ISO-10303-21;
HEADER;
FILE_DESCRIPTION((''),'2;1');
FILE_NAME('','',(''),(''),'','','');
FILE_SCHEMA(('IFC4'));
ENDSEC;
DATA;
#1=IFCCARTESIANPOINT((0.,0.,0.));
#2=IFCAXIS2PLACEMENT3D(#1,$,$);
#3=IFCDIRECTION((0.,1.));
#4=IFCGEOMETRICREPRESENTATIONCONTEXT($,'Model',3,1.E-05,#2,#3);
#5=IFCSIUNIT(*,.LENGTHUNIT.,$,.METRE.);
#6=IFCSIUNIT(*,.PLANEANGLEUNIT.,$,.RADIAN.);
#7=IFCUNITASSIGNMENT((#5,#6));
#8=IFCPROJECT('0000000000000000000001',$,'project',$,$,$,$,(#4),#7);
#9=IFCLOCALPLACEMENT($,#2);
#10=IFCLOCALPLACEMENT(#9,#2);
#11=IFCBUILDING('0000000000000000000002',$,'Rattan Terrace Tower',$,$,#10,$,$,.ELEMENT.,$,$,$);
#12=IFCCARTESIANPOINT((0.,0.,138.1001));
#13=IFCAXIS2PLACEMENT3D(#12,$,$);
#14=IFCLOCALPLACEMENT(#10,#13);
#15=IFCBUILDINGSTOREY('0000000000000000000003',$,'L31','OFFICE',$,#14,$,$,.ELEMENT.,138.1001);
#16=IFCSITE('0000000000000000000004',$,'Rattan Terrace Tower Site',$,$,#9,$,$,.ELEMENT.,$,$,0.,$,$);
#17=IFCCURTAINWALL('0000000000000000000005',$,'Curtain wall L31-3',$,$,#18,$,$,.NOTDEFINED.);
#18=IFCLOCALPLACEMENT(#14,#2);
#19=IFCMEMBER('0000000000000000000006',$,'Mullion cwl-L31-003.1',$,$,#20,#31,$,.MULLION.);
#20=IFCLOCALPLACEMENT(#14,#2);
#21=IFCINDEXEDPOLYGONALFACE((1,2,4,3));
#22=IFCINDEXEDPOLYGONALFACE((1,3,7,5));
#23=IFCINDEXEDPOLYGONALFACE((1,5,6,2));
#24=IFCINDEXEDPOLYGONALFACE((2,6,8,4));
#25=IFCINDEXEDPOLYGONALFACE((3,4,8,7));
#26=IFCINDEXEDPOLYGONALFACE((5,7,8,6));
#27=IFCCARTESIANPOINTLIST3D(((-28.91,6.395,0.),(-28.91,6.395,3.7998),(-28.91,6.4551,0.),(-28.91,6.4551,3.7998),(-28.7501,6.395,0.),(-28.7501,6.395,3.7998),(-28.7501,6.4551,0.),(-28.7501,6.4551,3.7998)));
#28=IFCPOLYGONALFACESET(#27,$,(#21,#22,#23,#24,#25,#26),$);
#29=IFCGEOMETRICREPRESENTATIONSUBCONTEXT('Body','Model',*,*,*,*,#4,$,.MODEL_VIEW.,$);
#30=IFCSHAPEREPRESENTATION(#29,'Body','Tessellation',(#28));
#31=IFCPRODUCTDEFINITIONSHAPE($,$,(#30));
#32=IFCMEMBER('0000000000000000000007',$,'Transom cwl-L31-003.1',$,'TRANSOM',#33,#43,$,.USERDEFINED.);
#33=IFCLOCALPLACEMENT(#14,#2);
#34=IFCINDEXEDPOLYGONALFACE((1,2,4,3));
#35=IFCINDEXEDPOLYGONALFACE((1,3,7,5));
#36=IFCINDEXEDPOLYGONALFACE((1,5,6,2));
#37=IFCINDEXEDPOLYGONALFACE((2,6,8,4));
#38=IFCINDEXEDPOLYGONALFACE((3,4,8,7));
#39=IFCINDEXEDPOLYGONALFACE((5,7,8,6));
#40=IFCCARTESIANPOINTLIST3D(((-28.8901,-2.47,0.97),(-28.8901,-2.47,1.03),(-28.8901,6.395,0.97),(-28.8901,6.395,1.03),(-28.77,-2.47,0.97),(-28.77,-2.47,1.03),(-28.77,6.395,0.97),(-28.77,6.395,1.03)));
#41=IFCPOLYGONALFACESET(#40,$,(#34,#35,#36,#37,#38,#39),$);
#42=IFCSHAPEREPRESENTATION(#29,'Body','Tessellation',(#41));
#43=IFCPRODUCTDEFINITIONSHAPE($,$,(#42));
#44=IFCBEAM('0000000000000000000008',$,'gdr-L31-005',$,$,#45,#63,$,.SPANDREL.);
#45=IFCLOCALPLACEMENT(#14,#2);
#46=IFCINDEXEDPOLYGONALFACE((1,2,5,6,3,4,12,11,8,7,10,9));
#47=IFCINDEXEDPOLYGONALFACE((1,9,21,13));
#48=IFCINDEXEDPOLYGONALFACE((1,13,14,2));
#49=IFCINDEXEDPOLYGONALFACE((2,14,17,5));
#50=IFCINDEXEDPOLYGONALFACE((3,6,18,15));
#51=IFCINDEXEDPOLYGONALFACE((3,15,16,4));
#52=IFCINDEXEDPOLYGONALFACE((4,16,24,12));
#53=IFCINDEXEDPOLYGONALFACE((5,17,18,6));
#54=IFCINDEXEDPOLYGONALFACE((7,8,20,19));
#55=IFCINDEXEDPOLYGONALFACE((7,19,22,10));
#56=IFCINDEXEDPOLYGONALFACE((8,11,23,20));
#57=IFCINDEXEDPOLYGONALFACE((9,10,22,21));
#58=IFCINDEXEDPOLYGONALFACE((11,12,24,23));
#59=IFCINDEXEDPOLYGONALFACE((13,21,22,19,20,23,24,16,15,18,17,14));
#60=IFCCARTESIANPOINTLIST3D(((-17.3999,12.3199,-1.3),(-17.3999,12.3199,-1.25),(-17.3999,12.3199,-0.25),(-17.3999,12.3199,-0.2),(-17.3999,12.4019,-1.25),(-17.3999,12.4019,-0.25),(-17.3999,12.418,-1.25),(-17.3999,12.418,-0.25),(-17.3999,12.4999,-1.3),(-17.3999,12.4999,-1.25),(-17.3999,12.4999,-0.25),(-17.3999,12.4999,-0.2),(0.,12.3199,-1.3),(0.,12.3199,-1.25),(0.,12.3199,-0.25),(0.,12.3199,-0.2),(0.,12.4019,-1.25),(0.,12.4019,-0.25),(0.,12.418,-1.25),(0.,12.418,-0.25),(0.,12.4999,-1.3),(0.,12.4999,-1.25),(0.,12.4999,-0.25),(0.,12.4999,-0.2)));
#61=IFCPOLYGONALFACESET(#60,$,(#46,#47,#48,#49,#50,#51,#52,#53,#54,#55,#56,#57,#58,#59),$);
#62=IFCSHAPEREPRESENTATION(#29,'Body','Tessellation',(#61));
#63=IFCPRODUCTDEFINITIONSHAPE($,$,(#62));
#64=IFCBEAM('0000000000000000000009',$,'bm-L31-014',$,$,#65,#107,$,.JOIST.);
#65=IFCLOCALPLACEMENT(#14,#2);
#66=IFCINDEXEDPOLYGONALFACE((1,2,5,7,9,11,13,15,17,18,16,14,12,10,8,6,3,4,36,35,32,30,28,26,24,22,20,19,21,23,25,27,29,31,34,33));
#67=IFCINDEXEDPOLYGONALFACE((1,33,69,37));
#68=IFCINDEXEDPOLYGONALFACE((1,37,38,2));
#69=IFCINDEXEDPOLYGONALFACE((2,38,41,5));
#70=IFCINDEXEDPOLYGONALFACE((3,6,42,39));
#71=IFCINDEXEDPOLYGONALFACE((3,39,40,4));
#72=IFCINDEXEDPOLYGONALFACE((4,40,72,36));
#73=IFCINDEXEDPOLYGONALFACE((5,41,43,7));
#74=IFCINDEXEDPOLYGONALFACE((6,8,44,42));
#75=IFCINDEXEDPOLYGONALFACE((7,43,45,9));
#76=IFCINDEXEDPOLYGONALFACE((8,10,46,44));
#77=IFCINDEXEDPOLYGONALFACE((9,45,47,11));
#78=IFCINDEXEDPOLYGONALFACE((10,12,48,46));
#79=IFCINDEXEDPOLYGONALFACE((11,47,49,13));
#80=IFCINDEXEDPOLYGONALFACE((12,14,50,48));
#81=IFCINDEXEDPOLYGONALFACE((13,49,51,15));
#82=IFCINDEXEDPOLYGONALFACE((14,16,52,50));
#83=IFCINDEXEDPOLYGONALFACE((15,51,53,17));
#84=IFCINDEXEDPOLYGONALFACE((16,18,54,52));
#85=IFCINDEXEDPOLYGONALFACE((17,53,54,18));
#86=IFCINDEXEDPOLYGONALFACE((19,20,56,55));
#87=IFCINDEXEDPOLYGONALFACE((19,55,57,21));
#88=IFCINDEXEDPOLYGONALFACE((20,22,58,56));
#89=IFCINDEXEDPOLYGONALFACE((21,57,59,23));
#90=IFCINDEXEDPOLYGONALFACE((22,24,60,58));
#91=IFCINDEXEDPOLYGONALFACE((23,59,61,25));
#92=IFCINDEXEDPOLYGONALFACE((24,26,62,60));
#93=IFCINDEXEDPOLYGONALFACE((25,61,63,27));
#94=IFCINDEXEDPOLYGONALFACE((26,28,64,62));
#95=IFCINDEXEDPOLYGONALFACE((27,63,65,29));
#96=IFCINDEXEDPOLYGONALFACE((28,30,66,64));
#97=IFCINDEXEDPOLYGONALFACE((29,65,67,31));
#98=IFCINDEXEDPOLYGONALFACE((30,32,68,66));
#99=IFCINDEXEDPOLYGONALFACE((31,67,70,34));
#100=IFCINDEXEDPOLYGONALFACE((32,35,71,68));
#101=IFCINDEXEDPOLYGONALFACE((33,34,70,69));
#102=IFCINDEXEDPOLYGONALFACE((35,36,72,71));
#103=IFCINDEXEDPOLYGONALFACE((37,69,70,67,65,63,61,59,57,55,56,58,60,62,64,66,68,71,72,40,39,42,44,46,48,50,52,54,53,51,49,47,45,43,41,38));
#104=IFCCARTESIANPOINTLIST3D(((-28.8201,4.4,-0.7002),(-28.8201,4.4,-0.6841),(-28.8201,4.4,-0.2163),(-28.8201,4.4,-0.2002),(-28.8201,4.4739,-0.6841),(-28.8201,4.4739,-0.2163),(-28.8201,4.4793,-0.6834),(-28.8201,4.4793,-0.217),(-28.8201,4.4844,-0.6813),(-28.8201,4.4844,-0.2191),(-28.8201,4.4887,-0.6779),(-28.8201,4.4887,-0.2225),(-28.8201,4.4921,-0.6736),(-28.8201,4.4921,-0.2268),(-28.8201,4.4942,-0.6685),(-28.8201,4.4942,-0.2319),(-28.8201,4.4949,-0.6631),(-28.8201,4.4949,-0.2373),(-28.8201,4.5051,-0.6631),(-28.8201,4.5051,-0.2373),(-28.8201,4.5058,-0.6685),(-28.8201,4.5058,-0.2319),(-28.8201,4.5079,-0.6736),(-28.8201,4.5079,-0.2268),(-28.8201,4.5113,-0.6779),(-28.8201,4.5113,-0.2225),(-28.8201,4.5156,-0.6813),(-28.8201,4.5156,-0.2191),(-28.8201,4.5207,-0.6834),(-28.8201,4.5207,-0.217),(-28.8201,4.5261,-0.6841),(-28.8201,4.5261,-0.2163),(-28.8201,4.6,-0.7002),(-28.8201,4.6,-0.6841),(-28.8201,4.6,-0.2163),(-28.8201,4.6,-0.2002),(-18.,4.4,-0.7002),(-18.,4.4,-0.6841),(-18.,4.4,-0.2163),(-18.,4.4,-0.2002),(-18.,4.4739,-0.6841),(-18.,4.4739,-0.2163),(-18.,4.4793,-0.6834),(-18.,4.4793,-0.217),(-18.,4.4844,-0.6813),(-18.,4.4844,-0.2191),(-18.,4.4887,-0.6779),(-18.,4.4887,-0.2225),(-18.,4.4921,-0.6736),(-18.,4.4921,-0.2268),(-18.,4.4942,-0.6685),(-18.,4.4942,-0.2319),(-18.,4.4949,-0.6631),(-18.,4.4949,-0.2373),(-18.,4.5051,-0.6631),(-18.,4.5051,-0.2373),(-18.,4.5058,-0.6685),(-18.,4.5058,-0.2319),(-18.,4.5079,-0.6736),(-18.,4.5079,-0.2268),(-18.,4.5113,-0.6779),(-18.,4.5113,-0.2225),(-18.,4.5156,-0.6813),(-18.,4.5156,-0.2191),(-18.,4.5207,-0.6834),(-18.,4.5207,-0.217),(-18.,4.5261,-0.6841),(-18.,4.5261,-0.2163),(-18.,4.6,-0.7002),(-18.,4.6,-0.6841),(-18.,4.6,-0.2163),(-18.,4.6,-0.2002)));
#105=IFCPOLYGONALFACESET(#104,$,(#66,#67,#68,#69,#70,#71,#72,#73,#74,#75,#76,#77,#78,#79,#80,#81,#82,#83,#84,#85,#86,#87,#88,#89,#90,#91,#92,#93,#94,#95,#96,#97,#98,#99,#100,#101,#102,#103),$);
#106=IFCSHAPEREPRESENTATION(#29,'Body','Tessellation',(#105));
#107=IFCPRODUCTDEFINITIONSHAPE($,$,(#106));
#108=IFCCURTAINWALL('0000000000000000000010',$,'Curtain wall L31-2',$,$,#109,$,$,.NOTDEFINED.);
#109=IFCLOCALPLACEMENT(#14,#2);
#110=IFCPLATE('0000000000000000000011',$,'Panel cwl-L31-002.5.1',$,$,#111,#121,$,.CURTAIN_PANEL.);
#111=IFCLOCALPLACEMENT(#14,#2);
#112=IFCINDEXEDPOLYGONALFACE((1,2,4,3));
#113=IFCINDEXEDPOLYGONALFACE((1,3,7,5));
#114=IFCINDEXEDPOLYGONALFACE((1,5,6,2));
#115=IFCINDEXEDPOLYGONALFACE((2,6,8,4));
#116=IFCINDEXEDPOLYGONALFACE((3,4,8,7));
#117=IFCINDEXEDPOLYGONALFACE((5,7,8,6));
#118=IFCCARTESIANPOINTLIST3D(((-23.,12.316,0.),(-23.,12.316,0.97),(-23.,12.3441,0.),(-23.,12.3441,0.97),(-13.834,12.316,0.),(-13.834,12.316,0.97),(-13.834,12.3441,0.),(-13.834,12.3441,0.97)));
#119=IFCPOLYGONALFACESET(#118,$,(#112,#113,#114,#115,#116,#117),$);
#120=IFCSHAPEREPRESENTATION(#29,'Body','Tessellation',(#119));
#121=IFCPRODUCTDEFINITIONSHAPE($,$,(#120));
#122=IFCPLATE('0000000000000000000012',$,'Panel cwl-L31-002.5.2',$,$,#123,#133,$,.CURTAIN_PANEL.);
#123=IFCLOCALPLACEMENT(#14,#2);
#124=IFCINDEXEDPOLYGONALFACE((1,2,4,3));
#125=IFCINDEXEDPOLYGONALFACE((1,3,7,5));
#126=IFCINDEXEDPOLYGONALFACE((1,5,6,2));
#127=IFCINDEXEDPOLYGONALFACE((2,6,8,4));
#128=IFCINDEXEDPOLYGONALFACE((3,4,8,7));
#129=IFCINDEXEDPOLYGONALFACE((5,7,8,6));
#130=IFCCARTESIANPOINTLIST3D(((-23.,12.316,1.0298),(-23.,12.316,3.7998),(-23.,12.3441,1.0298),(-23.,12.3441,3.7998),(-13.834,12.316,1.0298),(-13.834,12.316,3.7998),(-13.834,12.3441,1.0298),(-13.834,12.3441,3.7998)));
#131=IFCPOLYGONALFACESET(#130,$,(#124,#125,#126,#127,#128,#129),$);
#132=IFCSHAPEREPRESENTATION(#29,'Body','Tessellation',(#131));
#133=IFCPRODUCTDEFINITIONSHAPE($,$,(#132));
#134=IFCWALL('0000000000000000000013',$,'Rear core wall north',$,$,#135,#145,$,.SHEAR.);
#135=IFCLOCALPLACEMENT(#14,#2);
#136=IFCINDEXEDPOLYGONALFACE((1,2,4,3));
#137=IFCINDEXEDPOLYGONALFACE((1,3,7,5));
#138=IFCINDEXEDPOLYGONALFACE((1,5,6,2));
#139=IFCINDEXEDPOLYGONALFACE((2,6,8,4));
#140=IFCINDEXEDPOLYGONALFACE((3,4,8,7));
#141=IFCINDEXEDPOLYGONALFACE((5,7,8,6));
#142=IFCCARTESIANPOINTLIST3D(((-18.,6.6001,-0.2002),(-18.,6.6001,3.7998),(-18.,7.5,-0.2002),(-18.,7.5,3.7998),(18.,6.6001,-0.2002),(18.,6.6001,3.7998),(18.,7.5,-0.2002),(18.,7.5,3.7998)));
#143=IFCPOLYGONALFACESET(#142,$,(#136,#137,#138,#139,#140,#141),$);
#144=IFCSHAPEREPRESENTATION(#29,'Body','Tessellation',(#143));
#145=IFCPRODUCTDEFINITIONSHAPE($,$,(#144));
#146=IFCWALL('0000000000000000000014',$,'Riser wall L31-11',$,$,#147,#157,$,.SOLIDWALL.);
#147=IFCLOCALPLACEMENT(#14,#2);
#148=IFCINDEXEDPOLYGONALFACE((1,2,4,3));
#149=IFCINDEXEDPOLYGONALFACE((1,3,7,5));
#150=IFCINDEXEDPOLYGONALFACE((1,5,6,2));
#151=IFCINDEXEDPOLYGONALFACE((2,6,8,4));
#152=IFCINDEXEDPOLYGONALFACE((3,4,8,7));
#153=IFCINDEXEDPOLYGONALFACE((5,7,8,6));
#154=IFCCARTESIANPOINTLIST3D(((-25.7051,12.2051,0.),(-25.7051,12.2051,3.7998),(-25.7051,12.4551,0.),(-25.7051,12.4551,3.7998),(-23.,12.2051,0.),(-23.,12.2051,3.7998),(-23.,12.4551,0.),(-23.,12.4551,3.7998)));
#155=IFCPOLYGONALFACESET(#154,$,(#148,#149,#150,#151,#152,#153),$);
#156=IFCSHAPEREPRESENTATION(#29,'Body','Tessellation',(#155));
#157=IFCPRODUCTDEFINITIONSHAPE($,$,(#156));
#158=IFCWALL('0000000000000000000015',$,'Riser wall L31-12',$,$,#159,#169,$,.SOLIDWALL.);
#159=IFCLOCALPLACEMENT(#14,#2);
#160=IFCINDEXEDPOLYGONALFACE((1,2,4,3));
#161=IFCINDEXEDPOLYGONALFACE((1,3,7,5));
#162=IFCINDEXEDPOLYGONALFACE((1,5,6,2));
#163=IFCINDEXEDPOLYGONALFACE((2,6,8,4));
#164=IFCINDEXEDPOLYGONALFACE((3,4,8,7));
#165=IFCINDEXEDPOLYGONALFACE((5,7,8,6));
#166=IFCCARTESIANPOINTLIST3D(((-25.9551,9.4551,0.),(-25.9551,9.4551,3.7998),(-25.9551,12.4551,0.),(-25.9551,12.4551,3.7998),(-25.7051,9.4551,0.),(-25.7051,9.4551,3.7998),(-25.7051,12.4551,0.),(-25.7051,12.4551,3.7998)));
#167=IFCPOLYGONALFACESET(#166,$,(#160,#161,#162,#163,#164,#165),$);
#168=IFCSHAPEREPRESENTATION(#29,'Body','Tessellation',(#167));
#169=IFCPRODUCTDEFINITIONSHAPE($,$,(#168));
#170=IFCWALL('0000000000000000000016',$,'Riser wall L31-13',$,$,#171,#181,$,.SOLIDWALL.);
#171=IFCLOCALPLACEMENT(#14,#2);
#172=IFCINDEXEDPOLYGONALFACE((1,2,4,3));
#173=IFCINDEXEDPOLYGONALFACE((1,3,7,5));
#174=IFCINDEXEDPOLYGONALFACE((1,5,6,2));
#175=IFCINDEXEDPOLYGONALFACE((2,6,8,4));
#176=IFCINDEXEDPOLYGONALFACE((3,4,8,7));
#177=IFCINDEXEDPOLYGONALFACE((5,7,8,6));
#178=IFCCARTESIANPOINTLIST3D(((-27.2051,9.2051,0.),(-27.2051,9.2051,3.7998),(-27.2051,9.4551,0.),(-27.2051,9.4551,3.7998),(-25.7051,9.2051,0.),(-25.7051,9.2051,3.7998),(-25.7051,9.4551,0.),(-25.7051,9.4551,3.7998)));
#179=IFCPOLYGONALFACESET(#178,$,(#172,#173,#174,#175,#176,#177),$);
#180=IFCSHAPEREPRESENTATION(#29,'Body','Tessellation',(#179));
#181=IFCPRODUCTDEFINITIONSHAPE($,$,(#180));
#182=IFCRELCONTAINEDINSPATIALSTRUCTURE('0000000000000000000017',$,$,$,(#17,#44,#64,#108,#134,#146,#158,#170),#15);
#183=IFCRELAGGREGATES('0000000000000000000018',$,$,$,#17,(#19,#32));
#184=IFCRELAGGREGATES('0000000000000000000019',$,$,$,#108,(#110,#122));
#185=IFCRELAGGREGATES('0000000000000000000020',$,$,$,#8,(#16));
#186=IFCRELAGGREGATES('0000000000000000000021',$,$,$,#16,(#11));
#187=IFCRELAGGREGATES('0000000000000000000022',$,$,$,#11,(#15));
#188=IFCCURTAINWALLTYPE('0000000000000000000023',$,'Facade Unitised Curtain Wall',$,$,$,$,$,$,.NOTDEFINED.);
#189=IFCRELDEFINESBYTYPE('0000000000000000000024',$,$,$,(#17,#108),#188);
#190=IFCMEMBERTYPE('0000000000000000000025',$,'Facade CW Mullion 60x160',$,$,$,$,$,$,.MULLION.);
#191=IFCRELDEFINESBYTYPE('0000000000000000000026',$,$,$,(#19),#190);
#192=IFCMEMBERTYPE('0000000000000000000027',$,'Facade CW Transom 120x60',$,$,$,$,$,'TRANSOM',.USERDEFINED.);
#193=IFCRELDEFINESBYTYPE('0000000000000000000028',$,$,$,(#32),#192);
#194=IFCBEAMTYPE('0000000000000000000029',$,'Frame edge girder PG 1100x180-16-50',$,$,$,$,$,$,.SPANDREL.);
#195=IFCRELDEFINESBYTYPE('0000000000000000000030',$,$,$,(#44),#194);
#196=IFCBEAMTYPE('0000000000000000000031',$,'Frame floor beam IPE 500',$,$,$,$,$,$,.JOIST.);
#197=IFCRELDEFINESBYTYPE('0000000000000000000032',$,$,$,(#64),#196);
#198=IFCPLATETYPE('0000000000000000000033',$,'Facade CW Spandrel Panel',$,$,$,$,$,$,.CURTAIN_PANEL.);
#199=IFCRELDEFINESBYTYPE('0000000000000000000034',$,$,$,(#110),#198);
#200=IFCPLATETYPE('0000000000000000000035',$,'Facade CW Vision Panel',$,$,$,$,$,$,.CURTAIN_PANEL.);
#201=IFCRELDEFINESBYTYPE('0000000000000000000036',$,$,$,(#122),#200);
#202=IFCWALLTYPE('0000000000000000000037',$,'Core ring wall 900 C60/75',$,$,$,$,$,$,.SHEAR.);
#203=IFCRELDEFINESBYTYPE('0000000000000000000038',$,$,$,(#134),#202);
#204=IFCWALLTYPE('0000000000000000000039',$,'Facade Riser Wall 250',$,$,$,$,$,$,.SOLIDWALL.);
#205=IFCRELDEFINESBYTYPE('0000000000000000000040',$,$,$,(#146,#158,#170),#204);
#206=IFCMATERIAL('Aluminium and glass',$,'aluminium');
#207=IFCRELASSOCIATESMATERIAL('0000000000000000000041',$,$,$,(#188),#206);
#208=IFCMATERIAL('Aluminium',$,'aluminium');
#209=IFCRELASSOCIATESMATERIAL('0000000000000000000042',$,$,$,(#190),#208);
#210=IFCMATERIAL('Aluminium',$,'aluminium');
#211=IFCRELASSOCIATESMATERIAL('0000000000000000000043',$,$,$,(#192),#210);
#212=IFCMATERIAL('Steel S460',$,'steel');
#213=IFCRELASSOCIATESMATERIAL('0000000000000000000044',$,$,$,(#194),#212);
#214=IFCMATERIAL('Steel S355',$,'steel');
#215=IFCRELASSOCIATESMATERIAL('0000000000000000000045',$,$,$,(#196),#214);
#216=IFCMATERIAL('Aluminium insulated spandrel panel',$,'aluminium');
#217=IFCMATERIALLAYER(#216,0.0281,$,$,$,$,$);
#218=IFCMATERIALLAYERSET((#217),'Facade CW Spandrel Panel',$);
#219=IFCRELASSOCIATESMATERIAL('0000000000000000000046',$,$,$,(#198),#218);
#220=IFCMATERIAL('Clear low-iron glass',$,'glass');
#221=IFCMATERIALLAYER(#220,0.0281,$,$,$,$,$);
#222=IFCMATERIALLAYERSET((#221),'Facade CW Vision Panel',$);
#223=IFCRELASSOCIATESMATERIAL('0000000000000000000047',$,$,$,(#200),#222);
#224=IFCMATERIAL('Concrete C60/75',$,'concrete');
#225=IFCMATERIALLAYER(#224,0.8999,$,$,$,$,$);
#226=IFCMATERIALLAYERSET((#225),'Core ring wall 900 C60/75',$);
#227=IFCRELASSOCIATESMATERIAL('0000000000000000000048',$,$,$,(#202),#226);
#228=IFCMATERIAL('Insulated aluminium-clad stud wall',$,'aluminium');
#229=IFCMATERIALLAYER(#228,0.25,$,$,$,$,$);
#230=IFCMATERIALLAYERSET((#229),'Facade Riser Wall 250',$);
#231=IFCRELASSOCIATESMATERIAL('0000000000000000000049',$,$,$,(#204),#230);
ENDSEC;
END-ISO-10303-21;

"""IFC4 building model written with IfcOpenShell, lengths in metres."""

from ifc_helpers import new_model, si_unit, direction, frame, frame_2d, origin, origin_2d, place, context, subcontext, project, spatial, rectangle, i_section, extrude, material, layer, layer_set, material_profile, profile_set, type_object, element, aggregate, save


model = new_model("IFC4")

# Units and contexts
model_context = context("Model", 3, precision=1e-05, world=origin(), true_north=direction((0.0, 1.0)))
body_context = subcontext(model_context, "Body", "Model", "MODEL_VIEW")
ifc_project = project(units=[si_unit("LENGTHUNIT", "METRE"), si_unit("PLANEANGLEUNIT", "RADIAN")], contexts=[model_context])

# Site, building, storey
site_placement = place(None, origin())
site = spatial("IfcSite", under=ifc_project, at=site_placement, Name="Rattan Terrace Tower Site", CompositionType="ELEMENT", RefElevation=0.0)
building_placement = place(site_placement, origin())
building = spatial("IfcBuilding", under=site, at=building_placement, Name="Rattan Terrace Tower", CompositionType="ELEMENT")
storey_placement = place(building_placement, frame((0.0, 0.0, 138.1001)))
storey = spatial("IfcBuildingStorey", under=building, at=storey_placement, Name="L31", Description="OFFICE", CompositionType="ELEMENT", Elevation=138.1001)

# Curtain wall, members
ifc_material_1 = material(Name="Aluminium and glass", Category="aluminium")
curtain_wall_type = type_object("IfcCurtainWallType", Name="Facade Unitised Curtain Wall", PredefinedType="NOTDEFINED", material=ifc_material_1)
curtain_wall_1_placement = place(storey_placement, origin())
curtain_wall_1 = element("IfcCurtainWall", 1, at=curtain_wall_1_placement, inside=storey, type_object=curtain_wall_type, Name="Curtain wall L31-3", PredefinedType="NOTDEFINED")
ifc_material_2 = material(Name="Aluminium", Category="aluminium")
ifc_material_profile_1 = material_profile(ifc_material_2, rectangle(XDim=0.0601, YDim=0.1599, at=origin_2d()), Name="Aluminium 60x160")
ifc_profile_set_1 = profile_set([ifc_material_profile_1], Name="Aluminium")
member_type_1 = type_object("IfcMemberType", Name="Facade CW Mullion 60x160", PredefinedType="MULLION", material=ifc_profile_set_1)
member_1_placement = place(storey_placement, frame((-28.8301, 6.425, 0.0), z_axis=(0.0, 0.0, 1.0), x_axis=(0.0, -1.0, 0.0)))
member_1 = element("IfcMember", 2, at=member_1_placement, type_object=member_type_1, Name="Mullion cwl-L31-003.1", PredefinedType="MULLION", context=body_context, shape_type="SweptSolid", body=[
    extrude(rectangle(XDim=0.0601, YDim=0.1599, at=origin_2d()), origin(), (0.0, 0.0, 1.0), 3.7998),
])
ifc_material_3 = material(Name="Aluminium", Category="aluminium")
ifc_material_profile_2 = material_profile(ifc_material_3, rectangle(XDim=0.1201, YDim=0.0601, at=origin_2d()), Name="Aluminium 120x60")
ifc_profile_set_2 = profile_set([ifc_material_profile_2], Name="Aluminium")
member_type_2 = type_object("IfcMemberType", Name="Facade CW Transom 120x60", ElementType="TRANSOM", PredefinedType="USERDEFINED", material=ifc_profile_set_2)
member_2_placement = place(storey_placement, frame((-28.8301, 6.395, 1.0), z_axis=(0.0, -1.0, 0.0), x_axis=(1.0, 0.0, 0.0)))
member_2 = element("IfcMember", 3, at=member_2_placement, type_object=member_type_2, Name="Transom cwl-L31-003.1", ObjectType="TRANSOM", PredefinedType="USERDEFINED", context=body_context, shape_type="SweptSolid", body=[
    extrude(rectangle(XDim=0.1201, YDim=0.0601, at=origin_2d()), origin(), (0.0, 0.0, 1.0), 8.865),
])
aggregate(curtain_wall_1, [member_1, member_2])

# Beams
ifc_material_4 = material(Name="Steel S460", Category="steel")
ifc_material_profile_3 = material_profile(ifc_material_4, i_section(OverallWidth=0.1799, OverallDepth=1.1001, WebThickness=0.0161, FlangeThickness=0.05, at=origin_2d()), Name="PG 1100x180-16-50")
ifc_profile_set_3 = profile_set([ifc_material_profile_3], Name="Steel S460")
beam_type_1 = type_object("IfcBeamType", Name="Frame edge girder PG 1100x180-16-50", PredefinedType="SPANDREL", material=ifc_profile_set_3)
beam_1_placement = place(storey_placement, frame((-17.3999, 12.4099, -0.75), z_axis=(1.0, 0.0, 0.0), x_axis=(0.0, 1.0, 0.0)))
element("IfcBeam", 4, at=beam_1_placement, inside=storey, type_object=beam_type_1, Name="gdr-L31-005", PredefinedType="SPANDREL", context=body_context, shape_type="SweptSolid", body=[
    extrude(i_section(OverallWidth=0.1799, OverallDepth=1.1001, WebThickness=0.0161, FlangeThickness=0.05, at=origin_2d()), origin(), (0.0, 0.0, 1.0), 17.3999),
])
ifc_material_5 = material(Name="Steel S355", Category="steel")
ifc_material_profile_4 = material_profile(ifc_material_5, i_section(OverallWidth=0.2, OverallDepth=0.5, WebThickness=0.0103, FlangeThickness=0.0161, FilletRadius=0.021, at=origin_2d()), Name="IPE 500")
ifc_profile_set_4 = profile_set([ifc_material_profile_4], Name="Steel S355")
beam_type_2 = type_object("IfcBeamType", Name="Frame floor beam IPE 500", PredefinedType="JOIST", material=ifc_profile_set_4)
beam_2_placement = place(storey_placement, frame((-28.8201, 4.5, -0.4502), z_axis=(1.0, 0.0, 0.0), x_axis=(0.0, 1.0, 0.0)))
element("IfcBeam", 5, at=beam_2_placement, inside=storey, type_object=beam_type_2, Name="bm-L31-014", PredefinedType="JOIST", context=body_context, shape_type="SweptSolid", body=[
    extrude(i_section(OverallWidth=0.2, OverallDepth=0.5, WebThickness=0.0103, FlangeThickness=0.0161, FilletRadius=0.021, at=origin_2d()), origin(), (0.0, 0.0, 1.0), 10.8201),
])

# Curtain wall, plates
curtain_wall_2_placement = place(storey_placement, origin())
curtain_wall_2 = element("IfcCurtainWall", 6, at=curtain_wall_2_placement, inside=storey, type_object=curtain_wall_type, Name="Curtain wall L31-2", PredefinedType="NOTDEFINED")
ifc_material_6 = material(Name="Aluminium insulated spandrel panel", Category="aluminium")
ifc_layer_1 = layer(ifc_material_6, 0.0281)
ifc_layer_set_1 = layer_set([ifc_layer_1], Name="Facade CW Spandrel Panel")
plate_type_1 = type_object("IfcPlateType", Name="Facade CW Spandrel Panel", PredefinedType="CURTAIN_PANEL", material=ifc_layer_set_1)
plate_1_placement = place(storey_placement, frame((-18.417, 12.3301, 0.0), z_axis=(0.0, 0.0, 1.0), x_axis=(-1.0, 0.0, 0.0)))
plate_1 = element("IfcPlate", 7, at=plate_1_placement, type_object=plate_type_1, Name="Panel cwl-L31-002.5.1", PredefinedType="CURTAIN_PANEL", context=body_context, shape_type="SweptSolid", body=[
    extrude(rectangle(XDim=9.166, YDim=0.0281, at=origin_2d()), origin(), (0.0, 0.0, 1.0), 0.97),
])
ifc_material_7 = material(Name="Clear low-iron glass", Category="glass")
ifc_layer_2 = layer(ifc_material_7, 0.0281)
ifc_layer_set_2 = layer_set([ifc_layer_2], Name="Facade CW Vision Panel")
plate_type_2 = type_object("IfcPlateType", Name="Facade CW Vision Panel", PredefinedType="CURTAIN_PANEL", material=ifc_layer_set_2)
plate_2_placement = place(storey_placement, frame((-18.417, 12.3301, 1.0298), z_axis=(0.0, 0.0, 1.0), x_axis=(-1.0, 0.0, 0.0)))
plate_2 = element("IfcPlate", 8, at=plate_2_placement, type_object=plate_type_2, Name="Panel cwl-L31-002.5.2", PredefinedType="CURTAIN_PANEL", context=body_context, shape_type="SweptSolid", body=[
    extrude(rectangle(XDim=9.166, YDim=0.0281, at=origin_2d()), origin(), (0.0, 0.0, 1.0), 2.77),
])
aggregate(curtain_wall_2, [plate_1, plate_2])

# Walls
ifc_material_8 = material(Name="Concrete C60/75", Category="concrete")
ifc_layer_3 = layer(ifc_material_8, 0.8999)
ifc_layer_set_3 = layer_set([ifc_layer_3], Name="Core ring wall 900 C60/75")
wall_type_1 = type_object("IfcWallType", Name="Core ring wall 900 C60/75", PredefinedType="SHEAR", material=ifc_layer_set_3)
wall_1_placement = place(storey_placement, frame((-18.0, 7.05, -0.2002), z_axis=(0.0, 0.0, 1.0), x_axis=(1.0, 0.0, 0.0)))
element("IfcWall", 9, at=wall_1_placement, inside=storey, type_object=wall_type_1, Name="Rear core wall north", PredefinedType="SHEAR", context=body_context, shape_type="SweptSolid", body=[
    extrude(rectangle(XDim=36.0, YDim=0.8999, at=frame_2d((18.0, 0.0))), origin(), (0.0, 0.0, 1.0), 4.0),
])
ifc_material_9 = material(Name="Insulated aluminium-clad stud wall", Category="aluminium")
ifc_layer_4 = layer(ifc_material_9, 0.25)
ifc_layer_set_4 = layer_set([ifc_layer_4], Name="Facade Riser Wall 250")
wall_type_2 = type_object("IfcWallType", Name="Facade Riser Wall 250", PredefinedType="SOLIDWALL", material=ifc_layer_set_4)
wall_2_placement = place(storey_placement, frame((-23.0, 12.3301, 0.0), z_axis=(0.0, 0.0, 1.0), x_axis=(-1.0, 0.0, 0.0)))
element("IfcWall", 10, at=wall_2_placement, inside=storey, type_object=wall_type_2, Name="Riser wall L31-11", PredefinedType="SOLIDWALL", context=body_context, shape_type="SweptSolid", body=[
    extrude(rectangle(XDim=2.7051, YDim=0.25, at=frame_2d((1.3525, 0.0))), origin(), (0.0, 0.0, 1.0), 3.7998),
])
wall_3_placement = place(storey_placement, frame((-25.8301, 12.4551, 0.0), z_axis=(0.0, 0.0, 1.0), x_axis=(0.0, -1.0, 0.0)))
element("IfcWall", 11, at=wall_3_placement, inside=storey, type_object=wall_type_2, Name="Riser wall L31-12", PredefinedType="SOLIDWALL", context=body_context, shape_type="SweptSolid", body=[
    extrude(rectangle(XDim=3.0, YDim=0.25, at=frame_2d((1.5, 0.0))), origin(), (0.0, 0.0, 1.0), 3.7998),
])
wall_4_placement = place(storey_placement, frame((-25.7051, 9.3301, 0.0), z_axis=(0.0, 0.0, 1.0), x_axis=(-1.0, 0.0, 0.0)))
element("IfcWall", 12, at=wall_4_placement, inside=storey, type_object=wall_type_2, Name="Riser wall L31-13", PredefinedType="SOLIDWALL", context=body_context, shape_type="SweptSolid", body=[
    extrude(rectangle(XDim=1.5, YDim=0.25, at=frame_2d((0.75, 0.0))), origin(), (0.0, 0.0, 1.0), 3.7998),
])

save(model, "model.ifc")
